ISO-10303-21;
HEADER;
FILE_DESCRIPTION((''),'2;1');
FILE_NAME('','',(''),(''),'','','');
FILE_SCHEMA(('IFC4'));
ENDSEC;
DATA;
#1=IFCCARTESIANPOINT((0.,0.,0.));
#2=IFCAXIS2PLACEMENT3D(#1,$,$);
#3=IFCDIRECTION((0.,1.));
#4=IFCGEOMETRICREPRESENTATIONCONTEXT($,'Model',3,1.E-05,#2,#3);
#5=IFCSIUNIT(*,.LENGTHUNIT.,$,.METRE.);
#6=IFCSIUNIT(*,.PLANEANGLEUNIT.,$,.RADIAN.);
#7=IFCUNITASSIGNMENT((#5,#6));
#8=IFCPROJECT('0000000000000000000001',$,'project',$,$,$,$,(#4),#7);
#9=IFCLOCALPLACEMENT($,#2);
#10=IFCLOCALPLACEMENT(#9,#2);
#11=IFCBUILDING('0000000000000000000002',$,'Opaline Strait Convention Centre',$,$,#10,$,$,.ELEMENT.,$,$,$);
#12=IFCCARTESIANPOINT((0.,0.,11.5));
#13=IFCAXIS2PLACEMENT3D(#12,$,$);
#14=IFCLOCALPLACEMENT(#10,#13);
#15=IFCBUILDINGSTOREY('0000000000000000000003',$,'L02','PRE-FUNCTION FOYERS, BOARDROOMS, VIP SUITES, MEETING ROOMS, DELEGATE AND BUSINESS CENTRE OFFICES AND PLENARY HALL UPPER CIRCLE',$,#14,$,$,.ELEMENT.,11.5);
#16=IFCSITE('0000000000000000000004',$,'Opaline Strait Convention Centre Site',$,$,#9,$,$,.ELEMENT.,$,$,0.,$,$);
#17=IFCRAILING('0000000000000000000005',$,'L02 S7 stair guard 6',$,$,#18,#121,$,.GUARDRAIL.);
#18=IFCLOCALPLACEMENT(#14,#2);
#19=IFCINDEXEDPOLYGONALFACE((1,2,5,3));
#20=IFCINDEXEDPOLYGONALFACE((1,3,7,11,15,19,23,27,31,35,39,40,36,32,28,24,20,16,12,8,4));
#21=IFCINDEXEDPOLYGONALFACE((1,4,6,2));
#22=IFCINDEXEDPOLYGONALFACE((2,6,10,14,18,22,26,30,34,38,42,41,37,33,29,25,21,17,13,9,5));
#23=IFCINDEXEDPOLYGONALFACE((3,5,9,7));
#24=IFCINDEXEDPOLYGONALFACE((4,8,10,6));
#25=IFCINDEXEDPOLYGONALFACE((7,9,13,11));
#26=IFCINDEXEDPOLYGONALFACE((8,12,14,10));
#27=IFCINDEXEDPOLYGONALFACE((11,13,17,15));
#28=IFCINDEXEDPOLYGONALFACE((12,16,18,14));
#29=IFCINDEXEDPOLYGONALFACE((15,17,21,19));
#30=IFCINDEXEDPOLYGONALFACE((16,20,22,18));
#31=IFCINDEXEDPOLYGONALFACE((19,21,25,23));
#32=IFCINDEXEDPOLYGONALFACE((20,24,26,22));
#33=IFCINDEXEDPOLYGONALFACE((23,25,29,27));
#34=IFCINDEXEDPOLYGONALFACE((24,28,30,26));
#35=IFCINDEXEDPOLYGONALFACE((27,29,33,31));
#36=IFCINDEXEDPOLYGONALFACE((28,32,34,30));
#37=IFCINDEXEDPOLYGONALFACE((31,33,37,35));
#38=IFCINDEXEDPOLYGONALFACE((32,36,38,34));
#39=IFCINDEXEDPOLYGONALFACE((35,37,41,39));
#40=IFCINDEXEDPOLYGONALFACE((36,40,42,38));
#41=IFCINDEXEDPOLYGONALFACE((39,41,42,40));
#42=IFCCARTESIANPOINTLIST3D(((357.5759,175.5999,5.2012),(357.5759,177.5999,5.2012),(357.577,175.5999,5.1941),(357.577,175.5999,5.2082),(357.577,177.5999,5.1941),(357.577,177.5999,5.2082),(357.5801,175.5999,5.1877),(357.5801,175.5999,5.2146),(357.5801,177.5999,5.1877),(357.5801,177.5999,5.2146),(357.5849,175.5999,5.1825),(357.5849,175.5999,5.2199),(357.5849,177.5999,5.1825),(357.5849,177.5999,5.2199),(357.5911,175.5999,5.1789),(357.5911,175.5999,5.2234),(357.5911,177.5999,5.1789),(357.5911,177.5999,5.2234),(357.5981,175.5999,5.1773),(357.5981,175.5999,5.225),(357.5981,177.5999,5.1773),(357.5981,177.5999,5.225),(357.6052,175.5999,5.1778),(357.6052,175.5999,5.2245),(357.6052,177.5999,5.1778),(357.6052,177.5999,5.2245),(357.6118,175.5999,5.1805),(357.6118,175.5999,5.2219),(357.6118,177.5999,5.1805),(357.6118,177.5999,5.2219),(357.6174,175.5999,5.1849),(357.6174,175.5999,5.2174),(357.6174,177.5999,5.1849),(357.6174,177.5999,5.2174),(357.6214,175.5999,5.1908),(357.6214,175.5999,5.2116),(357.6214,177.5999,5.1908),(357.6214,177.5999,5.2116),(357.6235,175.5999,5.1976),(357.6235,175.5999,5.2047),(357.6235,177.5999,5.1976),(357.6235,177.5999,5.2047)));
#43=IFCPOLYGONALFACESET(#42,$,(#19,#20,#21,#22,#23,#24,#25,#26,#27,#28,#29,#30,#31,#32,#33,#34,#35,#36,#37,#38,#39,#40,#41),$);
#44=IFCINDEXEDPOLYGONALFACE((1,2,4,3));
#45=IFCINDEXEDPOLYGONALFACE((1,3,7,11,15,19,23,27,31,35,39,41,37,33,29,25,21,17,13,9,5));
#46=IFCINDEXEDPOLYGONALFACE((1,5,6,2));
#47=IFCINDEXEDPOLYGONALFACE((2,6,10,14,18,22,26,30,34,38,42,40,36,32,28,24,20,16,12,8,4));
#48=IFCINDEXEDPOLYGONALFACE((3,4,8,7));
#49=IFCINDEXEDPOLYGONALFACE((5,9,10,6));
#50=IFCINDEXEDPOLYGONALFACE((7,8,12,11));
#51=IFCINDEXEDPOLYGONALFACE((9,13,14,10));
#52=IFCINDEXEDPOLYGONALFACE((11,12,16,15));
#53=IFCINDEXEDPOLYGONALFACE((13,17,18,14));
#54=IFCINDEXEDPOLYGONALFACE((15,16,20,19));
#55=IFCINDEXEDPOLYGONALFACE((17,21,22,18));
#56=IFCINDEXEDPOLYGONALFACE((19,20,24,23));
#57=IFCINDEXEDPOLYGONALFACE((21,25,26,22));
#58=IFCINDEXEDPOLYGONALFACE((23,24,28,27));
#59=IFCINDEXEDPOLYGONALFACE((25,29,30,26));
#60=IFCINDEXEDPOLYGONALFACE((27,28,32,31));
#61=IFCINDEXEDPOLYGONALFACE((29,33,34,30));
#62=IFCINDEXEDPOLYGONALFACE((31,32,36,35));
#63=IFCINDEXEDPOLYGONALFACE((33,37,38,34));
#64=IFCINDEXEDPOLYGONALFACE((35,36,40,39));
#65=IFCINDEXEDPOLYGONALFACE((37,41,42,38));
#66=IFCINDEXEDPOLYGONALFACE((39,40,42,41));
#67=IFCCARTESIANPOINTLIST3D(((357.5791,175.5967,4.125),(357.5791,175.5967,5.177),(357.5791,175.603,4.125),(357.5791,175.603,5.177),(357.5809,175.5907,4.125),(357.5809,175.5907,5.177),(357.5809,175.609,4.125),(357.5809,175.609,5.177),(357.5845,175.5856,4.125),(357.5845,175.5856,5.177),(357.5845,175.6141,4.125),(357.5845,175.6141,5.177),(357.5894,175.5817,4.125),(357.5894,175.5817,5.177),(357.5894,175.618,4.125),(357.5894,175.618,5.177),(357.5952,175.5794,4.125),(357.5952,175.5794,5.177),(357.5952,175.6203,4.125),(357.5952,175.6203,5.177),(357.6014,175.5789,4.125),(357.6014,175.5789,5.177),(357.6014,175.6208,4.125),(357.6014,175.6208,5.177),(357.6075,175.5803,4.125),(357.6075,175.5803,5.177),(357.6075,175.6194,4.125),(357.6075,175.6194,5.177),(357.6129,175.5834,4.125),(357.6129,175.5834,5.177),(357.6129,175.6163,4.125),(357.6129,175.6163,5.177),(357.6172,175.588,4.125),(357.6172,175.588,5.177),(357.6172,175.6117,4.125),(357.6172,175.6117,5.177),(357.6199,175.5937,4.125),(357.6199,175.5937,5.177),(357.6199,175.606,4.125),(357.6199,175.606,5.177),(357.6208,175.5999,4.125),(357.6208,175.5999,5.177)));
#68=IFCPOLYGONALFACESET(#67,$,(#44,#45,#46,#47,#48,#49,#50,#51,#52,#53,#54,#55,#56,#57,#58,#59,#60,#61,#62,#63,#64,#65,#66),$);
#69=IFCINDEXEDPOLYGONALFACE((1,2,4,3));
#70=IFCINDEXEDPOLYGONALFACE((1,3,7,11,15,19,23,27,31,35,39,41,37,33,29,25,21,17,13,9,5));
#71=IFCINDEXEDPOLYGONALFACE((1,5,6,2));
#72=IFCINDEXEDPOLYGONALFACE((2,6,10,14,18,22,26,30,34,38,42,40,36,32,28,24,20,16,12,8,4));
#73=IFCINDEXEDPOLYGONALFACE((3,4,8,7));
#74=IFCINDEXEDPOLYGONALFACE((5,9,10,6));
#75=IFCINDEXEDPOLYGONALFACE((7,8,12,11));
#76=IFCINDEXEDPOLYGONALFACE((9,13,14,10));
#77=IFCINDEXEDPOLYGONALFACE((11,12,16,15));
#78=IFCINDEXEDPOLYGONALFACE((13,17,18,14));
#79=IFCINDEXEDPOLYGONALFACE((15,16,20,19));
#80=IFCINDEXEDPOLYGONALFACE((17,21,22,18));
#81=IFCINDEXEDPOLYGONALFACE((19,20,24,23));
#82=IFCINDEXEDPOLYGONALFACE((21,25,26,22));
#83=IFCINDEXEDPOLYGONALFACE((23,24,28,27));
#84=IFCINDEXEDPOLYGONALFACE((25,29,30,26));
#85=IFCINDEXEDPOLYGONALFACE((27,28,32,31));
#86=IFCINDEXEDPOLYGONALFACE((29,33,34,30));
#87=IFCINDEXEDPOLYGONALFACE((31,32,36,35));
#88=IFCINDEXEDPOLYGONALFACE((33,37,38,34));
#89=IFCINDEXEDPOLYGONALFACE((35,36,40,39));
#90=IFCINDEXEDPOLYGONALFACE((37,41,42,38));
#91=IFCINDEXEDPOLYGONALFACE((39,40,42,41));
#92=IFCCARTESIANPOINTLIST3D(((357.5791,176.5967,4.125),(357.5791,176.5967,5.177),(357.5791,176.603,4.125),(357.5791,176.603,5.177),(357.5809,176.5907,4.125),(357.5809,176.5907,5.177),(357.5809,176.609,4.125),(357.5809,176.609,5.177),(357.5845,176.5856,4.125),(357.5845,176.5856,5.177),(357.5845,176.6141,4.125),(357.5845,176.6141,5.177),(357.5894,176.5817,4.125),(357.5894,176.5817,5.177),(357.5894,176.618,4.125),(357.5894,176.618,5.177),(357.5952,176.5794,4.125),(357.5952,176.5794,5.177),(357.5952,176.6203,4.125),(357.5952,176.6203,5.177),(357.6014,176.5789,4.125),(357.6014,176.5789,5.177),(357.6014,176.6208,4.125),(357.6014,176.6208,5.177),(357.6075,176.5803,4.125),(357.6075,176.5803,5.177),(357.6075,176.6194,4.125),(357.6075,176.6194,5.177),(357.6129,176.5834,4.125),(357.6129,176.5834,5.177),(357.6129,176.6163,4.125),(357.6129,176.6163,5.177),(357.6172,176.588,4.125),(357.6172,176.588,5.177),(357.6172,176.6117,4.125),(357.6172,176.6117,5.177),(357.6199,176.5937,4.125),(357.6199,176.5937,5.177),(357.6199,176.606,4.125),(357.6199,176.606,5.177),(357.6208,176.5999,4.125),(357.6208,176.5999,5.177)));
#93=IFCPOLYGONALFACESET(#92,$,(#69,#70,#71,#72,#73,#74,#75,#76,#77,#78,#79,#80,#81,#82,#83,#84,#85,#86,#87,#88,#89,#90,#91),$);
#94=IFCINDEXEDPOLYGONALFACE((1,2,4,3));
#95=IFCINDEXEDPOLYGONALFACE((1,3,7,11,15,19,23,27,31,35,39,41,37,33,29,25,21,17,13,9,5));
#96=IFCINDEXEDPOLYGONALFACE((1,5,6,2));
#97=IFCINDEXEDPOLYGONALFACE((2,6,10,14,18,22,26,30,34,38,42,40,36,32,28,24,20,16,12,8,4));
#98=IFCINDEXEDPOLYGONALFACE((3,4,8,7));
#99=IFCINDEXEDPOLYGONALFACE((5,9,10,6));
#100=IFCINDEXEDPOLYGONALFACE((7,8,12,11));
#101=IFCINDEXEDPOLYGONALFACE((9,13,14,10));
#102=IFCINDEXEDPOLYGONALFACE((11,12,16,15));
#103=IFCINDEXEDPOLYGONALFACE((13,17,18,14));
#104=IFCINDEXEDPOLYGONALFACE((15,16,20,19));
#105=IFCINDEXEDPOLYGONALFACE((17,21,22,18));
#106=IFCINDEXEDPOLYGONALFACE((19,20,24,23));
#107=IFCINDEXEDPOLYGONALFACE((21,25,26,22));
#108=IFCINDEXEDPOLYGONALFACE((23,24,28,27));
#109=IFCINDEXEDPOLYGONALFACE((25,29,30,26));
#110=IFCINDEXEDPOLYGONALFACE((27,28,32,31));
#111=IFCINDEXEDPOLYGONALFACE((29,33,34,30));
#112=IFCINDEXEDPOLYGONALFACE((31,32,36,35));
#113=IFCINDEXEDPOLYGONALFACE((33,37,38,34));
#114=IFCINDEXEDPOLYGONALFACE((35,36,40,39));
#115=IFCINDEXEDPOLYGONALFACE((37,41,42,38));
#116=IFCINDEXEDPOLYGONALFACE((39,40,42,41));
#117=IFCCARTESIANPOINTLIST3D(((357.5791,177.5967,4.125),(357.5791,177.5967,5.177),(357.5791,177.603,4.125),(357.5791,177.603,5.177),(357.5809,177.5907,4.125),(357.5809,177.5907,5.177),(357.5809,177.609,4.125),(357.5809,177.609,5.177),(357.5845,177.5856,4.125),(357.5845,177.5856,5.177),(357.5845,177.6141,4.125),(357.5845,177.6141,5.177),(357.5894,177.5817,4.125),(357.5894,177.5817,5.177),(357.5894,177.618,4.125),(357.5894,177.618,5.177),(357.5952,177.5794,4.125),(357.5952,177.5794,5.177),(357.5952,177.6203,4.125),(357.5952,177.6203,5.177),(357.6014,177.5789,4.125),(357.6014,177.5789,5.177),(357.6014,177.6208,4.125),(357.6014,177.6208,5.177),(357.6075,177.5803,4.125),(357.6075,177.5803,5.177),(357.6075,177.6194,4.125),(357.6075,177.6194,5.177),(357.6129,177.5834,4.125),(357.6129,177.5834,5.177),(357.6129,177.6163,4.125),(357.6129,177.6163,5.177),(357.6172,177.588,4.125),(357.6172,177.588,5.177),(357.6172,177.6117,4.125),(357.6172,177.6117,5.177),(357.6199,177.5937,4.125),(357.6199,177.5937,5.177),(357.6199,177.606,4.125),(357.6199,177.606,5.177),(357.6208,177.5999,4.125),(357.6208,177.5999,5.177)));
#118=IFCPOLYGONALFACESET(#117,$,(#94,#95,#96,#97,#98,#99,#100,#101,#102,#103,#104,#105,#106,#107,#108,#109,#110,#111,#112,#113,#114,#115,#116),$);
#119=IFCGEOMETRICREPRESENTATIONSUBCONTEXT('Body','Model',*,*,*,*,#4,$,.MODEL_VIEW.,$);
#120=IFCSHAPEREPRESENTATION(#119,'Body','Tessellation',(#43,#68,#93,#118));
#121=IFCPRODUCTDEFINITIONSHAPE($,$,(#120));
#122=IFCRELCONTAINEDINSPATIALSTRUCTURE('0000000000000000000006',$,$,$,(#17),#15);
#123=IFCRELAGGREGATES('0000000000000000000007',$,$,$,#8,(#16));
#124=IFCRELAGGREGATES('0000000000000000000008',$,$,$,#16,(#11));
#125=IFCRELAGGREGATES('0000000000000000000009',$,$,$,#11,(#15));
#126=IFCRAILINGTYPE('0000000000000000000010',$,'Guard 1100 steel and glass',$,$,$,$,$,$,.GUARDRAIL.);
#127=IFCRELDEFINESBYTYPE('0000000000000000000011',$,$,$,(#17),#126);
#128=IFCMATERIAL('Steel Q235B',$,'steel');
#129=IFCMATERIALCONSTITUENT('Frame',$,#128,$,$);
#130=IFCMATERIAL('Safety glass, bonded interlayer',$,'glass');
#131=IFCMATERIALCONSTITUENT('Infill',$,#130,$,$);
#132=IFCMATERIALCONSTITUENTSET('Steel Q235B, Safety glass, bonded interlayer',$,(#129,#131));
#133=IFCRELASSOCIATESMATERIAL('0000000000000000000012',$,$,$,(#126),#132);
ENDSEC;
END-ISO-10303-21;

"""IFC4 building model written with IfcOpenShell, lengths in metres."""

from ifc_helpers import new_model, si_unit, direction, frame, origin, origin_2d, place, context, subcontext, project, spatial, circle, extrude, material, constituent, constituent_set, type_object, element, save


model = new_model("IFC4")

# Units and contexts
model_context = context("Model", 3, precision=1e-05, world=origin(), true_north=direction((0.0, 1.0)))
body_context = subcontext(model_context, "Body", "Model", "MODEL_VIEW")
ifc_project = project(units=[si_unit("LENGTHUNIT", "METRE"), si_unit("PLANEANGLEUNIT", "RADIAN")], contexts=[model_context])

# Site, building, storey
site_placement = place(None, origin())
site = spatial("IfcSite", under=ifc_project, at=site_placement, Name="Opaline Strait Convention Centre Site", CompositionType="ELEMENT", RefElevation=0.0)
building_placement = place(site_placement, origin())
building = spatial("IfcBuilding", under=site, at=building_placement, Name="Opaline Strait Convention Centre", CompositionType="ELEMENT")
storey_placement = place(building_placement, frame((0.0, 0.0, 11.5)))
storey = spatial("IfcBuildingStorey", under=building, at=storey_placement, Name="L02", Description="PRE-FUNCTION FOYERS, BOARDROOMS, VIP SUITES, MEETING ROOMS, DELEGATE AND BUSINESS CENTRE OFFICES AND PLENARY HALL UPPER CIRCLE", CompositionType="ELEMENT", Elevation=11.5)

# Railing
ifc_material_1 = material(Name="Steel Q235B", Category="steel")
ifc_constituent_1 = constituent(ifc_material_1, Name="Frame")
ifc_material_2 = material(Name="Safety glass, bonded interlayer", Category="glass")
ifc_constituent_2 = constituent(ifc_material_2, Name="Infill")
ifc_constituent_set = constituent_set(constituents=[ifc_constituent_1, ifc_constituent_2], Name="Steel Q235B, Safety glass, bonded interlayer")
railing_type_1 = type_object("IfcRailingType", Name="Guard 1100 steel and glass", PredefinedType="GUARDRAIL", material=ifc_constituent_set)
railing_1_placement = place(storey_placement, frame((357.5999, 175.5999, 4.125)))
element("IfcRailing", 1, at=railing_1_placement, inside=storey, type_object=railing_type_1, Name="L02 S7 stair guard 6", PredefinedType="GUARDRAIL", context=body_context, shape_type="SweptSolid", body=[
    extrude(circle(Radius=0.0239, at=origin_2d()), frame((0.0, 0.0, 1.0762), z_axis=(0.0, 1.0, 0.0), x_axis=(-1.0, 0.0, 0.0)), (0.0, 0.0, 1.0), 2.0),
    extrude(circle(Radius=0.021, at=origin_2d()), origin(), (0.0, 0.0, 1.0), 1.052),
    extrude(circle(Radius=0.021, at=origin_2d()), frame((0.0, 1.0, 0.0)), (0.0, 0.0, 1.0), 1.052),
    extrude(circle(Radius=0.021, at=origin_2d()), frame((0.0, 2.0, 0.0)), (0.0, 0.0, 1.0), 1.052),
])

save(model, "model.ifc")
